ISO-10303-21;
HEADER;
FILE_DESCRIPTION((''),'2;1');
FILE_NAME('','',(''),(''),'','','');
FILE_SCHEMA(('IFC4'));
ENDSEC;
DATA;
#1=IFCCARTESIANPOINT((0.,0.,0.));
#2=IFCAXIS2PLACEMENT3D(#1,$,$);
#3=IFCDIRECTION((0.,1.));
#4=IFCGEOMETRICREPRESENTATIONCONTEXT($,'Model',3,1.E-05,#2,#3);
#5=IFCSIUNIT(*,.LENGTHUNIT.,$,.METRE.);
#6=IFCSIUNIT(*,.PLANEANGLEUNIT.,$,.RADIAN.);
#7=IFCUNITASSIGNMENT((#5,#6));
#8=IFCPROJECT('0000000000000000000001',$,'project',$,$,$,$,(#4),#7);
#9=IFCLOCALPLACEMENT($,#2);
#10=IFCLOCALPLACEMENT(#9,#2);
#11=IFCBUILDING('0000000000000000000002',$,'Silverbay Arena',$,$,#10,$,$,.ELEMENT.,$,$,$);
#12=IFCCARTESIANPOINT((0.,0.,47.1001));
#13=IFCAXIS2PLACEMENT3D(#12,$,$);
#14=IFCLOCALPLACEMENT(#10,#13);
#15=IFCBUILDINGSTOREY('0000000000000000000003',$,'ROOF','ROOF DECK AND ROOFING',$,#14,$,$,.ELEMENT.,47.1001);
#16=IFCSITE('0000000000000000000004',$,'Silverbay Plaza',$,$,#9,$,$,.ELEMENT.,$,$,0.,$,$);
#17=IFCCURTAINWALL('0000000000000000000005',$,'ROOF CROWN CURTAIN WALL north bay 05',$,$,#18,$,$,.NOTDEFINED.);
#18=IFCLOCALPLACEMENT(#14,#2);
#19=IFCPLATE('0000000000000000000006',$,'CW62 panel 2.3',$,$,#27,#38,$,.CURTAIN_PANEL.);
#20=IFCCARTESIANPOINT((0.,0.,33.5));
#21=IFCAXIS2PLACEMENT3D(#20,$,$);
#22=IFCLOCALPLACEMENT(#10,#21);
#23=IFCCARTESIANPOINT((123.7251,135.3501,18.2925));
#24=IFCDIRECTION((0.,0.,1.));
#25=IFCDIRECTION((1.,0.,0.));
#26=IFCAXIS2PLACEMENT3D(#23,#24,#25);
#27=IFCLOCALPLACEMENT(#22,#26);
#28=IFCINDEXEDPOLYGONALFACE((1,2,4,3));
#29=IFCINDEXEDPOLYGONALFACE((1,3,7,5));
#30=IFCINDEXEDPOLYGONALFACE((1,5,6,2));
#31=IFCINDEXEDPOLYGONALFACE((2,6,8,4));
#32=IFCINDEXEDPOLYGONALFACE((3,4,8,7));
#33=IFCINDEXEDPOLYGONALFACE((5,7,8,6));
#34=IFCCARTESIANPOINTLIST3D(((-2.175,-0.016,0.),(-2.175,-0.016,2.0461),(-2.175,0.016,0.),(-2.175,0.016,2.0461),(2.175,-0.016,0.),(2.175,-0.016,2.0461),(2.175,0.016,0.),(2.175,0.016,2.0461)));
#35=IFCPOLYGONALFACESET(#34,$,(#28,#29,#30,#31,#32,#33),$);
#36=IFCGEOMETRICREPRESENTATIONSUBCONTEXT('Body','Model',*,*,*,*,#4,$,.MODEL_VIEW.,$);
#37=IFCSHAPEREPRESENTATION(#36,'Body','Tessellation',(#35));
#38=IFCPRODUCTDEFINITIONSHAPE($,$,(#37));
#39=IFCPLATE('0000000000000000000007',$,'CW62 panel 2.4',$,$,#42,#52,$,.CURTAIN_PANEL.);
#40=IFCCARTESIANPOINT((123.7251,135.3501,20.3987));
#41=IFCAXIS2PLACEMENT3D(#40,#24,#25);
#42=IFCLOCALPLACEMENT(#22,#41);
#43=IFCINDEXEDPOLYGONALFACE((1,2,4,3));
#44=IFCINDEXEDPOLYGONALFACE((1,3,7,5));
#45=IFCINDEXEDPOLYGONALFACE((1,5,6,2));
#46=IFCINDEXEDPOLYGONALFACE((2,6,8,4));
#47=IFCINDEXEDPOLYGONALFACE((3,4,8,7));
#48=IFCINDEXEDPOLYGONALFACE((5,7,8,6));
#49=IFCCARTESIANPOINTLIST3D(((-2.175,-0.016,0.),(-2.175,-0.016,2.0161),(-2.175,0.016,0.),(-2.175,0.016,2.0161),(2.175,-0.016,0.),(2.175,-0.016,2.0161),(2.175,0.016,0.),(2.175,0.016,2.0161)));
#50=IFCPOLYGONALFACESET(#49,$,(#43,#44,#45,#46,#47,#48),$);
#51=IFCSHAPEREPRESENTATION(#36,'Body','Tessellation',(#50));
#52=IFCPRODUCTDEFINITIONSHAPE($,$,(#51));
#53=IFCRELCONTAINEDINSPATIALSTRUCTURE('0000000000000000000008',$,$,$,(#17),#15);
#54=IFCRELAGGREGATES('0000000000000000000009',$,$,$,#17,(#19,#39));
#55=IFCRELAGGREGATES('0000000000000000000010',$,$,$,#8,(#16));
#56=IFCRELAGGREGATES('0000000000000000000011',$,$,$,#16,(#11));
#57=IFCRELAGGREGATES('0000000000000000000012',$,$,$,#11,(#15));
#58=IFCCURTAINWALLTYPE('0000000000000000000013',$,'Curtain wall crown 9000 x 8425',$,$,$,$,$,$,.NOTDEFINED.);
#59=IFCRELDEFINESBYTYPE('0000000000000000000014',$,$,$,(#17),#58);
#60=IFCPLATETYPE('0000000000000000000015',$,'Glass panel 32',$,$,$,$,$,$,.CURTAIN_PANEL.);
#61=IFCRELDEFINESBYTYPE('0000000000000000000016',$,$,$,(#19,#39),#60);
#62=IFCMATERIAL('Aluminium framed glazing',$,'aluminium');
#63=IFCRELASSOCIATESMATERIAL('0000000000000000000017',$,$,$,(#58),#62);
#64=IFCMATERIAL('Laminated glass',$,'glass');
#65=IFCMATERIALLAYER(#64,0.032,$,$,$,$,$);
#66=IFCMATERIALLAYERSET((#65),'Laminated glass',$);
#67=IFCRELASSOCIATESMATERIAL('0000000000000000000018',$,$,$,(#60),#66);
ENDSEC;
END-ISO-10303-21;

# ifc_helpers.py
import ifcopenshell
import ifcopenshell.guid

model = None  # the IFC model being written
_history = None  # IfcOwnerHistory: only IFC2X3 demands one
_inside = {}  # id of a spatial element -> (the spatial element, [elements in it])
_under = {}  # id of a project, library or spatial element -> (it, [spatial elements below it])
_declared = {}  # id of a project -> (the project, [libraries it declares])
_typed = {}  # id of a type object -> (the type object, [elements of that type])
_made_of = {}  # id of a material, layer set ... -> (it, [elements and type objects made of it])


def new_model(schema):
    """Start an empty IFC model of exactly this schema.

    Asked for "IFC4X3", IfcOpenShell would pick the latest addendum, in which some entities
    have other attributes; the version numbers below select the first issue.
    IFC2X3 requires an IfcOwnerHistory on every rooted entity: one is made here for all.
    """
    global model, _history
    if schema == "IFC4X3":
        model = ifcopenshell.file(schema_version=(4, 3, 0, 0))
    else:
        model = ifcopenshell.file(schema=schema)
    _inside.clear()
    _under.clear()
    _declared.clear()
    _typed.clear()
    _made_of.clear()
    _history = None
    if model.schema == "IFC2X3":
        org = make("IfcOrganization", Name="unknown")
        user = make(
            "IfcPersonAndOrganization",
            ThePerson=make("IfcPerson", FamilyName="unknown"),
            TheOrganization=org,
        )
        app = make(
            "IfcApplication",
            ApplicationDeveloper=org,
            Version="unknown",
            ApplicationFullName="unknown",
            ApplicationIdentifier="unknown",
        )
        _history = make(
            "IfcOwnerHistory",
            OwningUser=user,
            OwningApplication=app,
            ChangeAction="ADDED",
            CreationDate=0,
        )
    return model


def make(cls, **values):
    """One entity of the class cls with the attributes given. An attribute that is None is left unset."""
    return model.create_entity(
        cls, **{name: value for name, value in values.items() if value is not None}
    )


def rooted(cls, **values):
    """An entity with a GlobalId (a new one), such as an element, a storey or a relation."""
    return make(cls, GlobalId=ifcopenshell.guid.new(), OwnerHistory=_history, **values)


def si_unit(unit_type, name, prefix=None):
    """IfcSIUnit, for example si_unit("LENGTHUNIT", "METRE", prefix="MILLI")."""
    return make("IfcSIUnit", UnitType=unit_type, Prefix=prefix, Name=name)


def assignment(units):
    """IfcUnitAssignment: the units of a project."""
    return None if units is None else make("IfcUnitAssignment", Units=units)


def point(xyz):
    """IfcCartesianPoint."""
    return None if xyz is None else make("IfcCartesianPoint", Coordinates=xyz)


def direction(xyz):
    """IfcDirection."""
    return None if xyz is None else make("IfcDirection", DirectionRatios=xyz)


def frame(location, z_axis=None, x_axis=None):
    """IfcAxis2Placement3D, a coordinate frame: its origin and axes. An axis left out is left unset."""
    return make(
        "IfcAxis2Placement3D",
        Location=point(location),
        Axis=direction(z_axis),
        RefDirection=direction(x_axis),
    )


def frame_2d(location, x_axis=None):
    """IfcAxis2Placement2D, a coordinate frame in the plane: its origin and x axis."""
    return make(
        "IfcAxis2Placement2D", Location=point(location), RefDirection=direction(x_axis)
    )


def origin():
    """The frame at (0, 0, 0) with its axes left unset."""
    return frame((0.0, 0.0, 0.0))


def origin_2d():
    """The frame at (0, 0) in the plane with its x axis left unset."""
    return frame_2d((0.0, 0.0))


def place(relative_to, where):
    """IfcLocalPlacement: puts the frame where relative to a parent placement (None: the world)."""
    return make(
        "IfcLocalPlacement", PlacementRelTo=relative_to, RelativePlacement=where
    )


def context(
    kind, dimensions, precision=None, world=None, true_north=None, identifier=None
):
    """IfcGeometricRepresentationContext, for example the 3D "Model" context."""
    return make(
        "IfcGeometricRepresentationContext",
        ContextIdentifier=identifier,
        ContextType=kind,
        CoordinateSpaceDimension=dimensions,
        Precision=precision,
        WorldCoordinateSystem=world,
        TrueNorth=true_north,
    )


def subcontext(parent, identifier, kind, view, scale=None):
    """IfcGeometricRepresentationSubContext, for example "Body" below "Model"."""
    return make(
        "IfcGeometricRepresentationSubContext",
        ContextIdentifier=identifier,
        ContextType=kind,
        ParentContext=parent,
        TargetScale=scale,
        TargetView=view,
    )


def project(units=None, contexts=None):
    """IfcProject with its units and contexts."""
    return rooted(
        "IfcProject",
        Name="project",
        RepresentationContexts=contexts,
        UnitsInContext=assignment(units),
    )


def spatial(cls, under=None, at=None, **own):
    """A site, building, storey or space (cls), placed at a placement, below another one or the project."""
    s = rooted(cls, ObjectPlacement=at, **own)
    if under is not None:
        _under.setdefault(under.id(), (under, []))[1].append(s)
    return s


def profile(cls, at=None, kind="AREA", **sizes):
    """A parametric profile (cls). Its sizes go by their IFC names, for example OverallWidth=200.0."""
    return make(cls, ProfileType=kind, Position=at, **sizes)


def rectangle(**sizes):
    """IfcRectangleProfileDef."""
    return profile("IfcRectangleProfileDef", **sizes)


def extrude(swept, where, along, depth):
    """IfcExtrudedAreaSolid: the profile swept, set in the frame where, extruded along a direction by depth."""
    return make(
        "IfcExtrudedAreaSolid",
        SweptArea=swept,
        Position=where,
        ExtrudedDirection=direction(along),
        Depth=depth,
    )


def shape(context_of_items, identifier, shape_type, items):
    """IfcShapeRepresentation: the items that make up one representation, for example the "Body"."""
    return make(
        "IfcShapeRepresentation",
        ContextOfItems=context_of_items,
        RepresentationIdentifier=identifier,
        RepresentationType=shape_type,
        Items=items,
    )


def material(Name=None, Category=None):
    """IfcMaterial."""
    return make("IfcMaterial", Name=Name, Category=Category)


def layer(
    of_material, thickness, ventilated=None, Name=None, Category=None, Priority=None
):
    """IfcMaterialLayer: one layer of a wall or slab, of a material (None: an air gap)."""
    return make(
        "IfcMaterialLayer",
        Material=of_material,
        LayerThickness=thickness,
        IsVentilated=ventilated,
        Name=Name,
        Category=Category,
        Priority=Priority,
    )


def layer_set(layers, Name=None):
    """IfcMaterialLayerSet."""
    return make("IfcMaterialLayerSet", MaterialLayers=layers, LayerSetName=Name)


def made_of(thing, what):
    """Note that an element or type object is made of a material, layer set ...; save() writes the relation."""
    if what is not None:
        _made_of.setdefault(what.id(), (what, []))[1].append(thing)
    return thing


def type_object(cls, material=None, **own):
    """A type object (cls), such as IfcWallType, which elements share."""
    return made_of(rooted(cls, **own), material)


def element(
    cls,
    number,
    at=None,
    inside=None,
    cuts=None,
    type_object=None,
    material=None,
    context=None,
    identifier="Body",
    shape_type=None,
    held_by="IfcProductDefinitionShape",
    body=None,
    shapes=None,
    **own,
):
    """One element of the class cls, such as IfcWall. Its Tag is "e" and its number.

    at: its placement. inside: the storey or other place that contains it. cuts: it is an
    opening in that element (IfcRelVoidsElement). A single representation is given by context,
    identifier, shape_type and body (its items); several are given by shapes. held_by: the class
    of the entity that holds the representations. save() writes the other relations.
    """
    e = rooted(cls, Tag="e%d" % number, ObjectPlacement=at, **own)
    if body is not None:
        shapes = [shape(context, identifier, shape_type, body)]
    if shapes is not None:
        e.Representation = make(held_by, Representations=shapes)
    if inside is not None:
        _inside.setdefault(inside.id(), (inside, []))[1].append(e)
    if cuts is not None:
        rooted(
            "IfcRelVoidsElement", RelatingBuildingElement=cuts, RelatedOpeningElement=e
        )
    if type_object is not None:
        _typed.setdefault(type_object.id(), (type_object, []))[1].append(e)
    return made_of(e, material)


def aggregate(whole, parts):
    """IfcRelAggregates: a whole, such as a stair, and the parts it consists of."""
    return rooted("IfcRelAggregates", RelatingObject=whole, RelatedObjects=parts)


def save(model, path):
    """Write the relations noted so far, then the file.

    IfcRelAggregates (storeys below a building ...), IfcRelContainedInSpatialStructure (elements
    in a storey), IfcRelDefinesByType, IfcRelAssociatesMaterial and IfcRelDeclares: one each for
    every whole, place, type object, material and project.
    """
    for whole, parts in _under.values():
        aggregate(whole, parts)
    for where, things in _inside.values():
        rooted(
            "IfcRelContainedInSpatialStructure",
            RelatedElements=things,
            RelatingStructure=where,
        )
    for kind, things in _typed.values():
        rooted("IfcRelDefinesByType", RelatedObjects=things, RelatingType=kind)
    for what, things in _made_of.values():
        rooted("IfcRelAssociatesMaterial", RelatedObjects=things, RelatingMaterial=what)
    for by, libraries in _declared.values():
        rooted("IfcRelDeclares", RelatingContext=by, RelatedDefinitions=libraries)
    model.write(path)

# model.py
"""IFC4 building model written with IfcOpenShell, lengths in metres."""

from ifc_helpers import new_model, si_unit, direction, frame, origin, origin_2d, place, context, subcontext, project, spatial, rectangle, extrude, material, layer, layer_set, type_object, element, aggregate, save


model = new_model("IFC4")

# Units and contexts
model_context = context("Model", 3, precision=1e-05, world=origin(), true_north=direction((0.0, 1.0)))
body_context = subcontext(model_context, "Body", "Model", "MODEL_VIEW")
ifc_project = project(units=[si_unit("LENGTHUNIT", "METRE"), si_unit("PLANEANGLEUNIT", "RADIAN")], contexts=[model_context])

# Site, building, storey
site_placement = place(None, origin())
site = spatial("IfcSite", under=ifc_project, at=site_placement, Name="Silverbay Plaza", CompositionType="ELEMENT", RefElevation=0.0)
building_placement = place(site_placement, origin())
building = spatial("IfcBuilding", under=site, at=building_placement, Name="Silverbay Arena", CompositionType="ELEMENT")
storey_placement = place(building_placement, frame((0.0, 0.0, 47.1001)))
storey = spatial("IfcBuildingStorey", under=building, at=storey_placement, Name="ROOF", Description="ROOF DECK AND ROOFING", CompositionType="ELEMENT", Elevation=47.1001)

# Curtain wall
ifc_material_1 = material(Name="Aluminium framed glazing", Category="aluminium")
curtain_wall_type = type_object("IfcCurtainWallType", Name="Curtain wall crown 9000 x 8425", PredefinedType="NOTDEFINED", material=ifc_material_1)
placement = place(building_placement, frame((0.0, 0.0, 33.5)))
curtain_wall_1_placement = place(storey_placement, origin())
curtain_wall_1 = element("IfcCurtainWall", 1, at=curtain_wall_1_placement, inside=storey, type_object=curtain_wall_type, Name="ROOF CROWN CURTAIN WALL north bay 05", PredefinedType="NOTDEFINED")

# Plates
ifc_material_2 = material(Name="Laminated glass", Category="glass")
ifc_layer = layer(ifc_material_2, 0.032)
ifc_layer_set = layer_set([ifc_layer], Name="Laminated glass")
plate_type = type_object("IfcPlateType", Name="Glass panel 32", PredefinedType="CURTAIN_PANEL", material=ifc_layer_set)
plate_1_placement = place(placement, frame((123.7251, 135.3501, 18.2925), z_axis=(0.0, 0.0, 1.0), x_axis=(1.0, 0.0, 0.0)))
plate_1 = element("IfcPlate", 2, at=plate_1_placement, type_object=plate_type, Name="CW62 panel 2.3", PredefinedType="CURTAIN_PANEL", context=body_context, shape_type="SweptSolid", body=[
    extrude(rectangle(XDim=4.3501, YDim=0.032, at=origin_2d()), origin(), (0.0, 0.0, 1.0), 2.0461),
])
plate_2_placement = place(placement, frame((123.7251, 135.3501, 20.3987), z_axis=(0.0, 0.0, 1.0), x_axis=(1.0, 0.0, 0.0)))
plate_2 = element("IfcPlate", 3, at=plate_2_placement, type_object=plate_type, Name="CW62 panel 2.4", PredefinedType="CURTAIN_PANEL", context=body_context, shape_type="SweptSolid", body=[
    extrude(rectangle(XDim=4.3501, YDim=0.032, at=origin_2d()), origin(), (0.0, 0.0, 1.0), 2.0161),
])
aggregate(curtain_wall_1, [plate_1, plate_2])

save(model, "model.ifc")
